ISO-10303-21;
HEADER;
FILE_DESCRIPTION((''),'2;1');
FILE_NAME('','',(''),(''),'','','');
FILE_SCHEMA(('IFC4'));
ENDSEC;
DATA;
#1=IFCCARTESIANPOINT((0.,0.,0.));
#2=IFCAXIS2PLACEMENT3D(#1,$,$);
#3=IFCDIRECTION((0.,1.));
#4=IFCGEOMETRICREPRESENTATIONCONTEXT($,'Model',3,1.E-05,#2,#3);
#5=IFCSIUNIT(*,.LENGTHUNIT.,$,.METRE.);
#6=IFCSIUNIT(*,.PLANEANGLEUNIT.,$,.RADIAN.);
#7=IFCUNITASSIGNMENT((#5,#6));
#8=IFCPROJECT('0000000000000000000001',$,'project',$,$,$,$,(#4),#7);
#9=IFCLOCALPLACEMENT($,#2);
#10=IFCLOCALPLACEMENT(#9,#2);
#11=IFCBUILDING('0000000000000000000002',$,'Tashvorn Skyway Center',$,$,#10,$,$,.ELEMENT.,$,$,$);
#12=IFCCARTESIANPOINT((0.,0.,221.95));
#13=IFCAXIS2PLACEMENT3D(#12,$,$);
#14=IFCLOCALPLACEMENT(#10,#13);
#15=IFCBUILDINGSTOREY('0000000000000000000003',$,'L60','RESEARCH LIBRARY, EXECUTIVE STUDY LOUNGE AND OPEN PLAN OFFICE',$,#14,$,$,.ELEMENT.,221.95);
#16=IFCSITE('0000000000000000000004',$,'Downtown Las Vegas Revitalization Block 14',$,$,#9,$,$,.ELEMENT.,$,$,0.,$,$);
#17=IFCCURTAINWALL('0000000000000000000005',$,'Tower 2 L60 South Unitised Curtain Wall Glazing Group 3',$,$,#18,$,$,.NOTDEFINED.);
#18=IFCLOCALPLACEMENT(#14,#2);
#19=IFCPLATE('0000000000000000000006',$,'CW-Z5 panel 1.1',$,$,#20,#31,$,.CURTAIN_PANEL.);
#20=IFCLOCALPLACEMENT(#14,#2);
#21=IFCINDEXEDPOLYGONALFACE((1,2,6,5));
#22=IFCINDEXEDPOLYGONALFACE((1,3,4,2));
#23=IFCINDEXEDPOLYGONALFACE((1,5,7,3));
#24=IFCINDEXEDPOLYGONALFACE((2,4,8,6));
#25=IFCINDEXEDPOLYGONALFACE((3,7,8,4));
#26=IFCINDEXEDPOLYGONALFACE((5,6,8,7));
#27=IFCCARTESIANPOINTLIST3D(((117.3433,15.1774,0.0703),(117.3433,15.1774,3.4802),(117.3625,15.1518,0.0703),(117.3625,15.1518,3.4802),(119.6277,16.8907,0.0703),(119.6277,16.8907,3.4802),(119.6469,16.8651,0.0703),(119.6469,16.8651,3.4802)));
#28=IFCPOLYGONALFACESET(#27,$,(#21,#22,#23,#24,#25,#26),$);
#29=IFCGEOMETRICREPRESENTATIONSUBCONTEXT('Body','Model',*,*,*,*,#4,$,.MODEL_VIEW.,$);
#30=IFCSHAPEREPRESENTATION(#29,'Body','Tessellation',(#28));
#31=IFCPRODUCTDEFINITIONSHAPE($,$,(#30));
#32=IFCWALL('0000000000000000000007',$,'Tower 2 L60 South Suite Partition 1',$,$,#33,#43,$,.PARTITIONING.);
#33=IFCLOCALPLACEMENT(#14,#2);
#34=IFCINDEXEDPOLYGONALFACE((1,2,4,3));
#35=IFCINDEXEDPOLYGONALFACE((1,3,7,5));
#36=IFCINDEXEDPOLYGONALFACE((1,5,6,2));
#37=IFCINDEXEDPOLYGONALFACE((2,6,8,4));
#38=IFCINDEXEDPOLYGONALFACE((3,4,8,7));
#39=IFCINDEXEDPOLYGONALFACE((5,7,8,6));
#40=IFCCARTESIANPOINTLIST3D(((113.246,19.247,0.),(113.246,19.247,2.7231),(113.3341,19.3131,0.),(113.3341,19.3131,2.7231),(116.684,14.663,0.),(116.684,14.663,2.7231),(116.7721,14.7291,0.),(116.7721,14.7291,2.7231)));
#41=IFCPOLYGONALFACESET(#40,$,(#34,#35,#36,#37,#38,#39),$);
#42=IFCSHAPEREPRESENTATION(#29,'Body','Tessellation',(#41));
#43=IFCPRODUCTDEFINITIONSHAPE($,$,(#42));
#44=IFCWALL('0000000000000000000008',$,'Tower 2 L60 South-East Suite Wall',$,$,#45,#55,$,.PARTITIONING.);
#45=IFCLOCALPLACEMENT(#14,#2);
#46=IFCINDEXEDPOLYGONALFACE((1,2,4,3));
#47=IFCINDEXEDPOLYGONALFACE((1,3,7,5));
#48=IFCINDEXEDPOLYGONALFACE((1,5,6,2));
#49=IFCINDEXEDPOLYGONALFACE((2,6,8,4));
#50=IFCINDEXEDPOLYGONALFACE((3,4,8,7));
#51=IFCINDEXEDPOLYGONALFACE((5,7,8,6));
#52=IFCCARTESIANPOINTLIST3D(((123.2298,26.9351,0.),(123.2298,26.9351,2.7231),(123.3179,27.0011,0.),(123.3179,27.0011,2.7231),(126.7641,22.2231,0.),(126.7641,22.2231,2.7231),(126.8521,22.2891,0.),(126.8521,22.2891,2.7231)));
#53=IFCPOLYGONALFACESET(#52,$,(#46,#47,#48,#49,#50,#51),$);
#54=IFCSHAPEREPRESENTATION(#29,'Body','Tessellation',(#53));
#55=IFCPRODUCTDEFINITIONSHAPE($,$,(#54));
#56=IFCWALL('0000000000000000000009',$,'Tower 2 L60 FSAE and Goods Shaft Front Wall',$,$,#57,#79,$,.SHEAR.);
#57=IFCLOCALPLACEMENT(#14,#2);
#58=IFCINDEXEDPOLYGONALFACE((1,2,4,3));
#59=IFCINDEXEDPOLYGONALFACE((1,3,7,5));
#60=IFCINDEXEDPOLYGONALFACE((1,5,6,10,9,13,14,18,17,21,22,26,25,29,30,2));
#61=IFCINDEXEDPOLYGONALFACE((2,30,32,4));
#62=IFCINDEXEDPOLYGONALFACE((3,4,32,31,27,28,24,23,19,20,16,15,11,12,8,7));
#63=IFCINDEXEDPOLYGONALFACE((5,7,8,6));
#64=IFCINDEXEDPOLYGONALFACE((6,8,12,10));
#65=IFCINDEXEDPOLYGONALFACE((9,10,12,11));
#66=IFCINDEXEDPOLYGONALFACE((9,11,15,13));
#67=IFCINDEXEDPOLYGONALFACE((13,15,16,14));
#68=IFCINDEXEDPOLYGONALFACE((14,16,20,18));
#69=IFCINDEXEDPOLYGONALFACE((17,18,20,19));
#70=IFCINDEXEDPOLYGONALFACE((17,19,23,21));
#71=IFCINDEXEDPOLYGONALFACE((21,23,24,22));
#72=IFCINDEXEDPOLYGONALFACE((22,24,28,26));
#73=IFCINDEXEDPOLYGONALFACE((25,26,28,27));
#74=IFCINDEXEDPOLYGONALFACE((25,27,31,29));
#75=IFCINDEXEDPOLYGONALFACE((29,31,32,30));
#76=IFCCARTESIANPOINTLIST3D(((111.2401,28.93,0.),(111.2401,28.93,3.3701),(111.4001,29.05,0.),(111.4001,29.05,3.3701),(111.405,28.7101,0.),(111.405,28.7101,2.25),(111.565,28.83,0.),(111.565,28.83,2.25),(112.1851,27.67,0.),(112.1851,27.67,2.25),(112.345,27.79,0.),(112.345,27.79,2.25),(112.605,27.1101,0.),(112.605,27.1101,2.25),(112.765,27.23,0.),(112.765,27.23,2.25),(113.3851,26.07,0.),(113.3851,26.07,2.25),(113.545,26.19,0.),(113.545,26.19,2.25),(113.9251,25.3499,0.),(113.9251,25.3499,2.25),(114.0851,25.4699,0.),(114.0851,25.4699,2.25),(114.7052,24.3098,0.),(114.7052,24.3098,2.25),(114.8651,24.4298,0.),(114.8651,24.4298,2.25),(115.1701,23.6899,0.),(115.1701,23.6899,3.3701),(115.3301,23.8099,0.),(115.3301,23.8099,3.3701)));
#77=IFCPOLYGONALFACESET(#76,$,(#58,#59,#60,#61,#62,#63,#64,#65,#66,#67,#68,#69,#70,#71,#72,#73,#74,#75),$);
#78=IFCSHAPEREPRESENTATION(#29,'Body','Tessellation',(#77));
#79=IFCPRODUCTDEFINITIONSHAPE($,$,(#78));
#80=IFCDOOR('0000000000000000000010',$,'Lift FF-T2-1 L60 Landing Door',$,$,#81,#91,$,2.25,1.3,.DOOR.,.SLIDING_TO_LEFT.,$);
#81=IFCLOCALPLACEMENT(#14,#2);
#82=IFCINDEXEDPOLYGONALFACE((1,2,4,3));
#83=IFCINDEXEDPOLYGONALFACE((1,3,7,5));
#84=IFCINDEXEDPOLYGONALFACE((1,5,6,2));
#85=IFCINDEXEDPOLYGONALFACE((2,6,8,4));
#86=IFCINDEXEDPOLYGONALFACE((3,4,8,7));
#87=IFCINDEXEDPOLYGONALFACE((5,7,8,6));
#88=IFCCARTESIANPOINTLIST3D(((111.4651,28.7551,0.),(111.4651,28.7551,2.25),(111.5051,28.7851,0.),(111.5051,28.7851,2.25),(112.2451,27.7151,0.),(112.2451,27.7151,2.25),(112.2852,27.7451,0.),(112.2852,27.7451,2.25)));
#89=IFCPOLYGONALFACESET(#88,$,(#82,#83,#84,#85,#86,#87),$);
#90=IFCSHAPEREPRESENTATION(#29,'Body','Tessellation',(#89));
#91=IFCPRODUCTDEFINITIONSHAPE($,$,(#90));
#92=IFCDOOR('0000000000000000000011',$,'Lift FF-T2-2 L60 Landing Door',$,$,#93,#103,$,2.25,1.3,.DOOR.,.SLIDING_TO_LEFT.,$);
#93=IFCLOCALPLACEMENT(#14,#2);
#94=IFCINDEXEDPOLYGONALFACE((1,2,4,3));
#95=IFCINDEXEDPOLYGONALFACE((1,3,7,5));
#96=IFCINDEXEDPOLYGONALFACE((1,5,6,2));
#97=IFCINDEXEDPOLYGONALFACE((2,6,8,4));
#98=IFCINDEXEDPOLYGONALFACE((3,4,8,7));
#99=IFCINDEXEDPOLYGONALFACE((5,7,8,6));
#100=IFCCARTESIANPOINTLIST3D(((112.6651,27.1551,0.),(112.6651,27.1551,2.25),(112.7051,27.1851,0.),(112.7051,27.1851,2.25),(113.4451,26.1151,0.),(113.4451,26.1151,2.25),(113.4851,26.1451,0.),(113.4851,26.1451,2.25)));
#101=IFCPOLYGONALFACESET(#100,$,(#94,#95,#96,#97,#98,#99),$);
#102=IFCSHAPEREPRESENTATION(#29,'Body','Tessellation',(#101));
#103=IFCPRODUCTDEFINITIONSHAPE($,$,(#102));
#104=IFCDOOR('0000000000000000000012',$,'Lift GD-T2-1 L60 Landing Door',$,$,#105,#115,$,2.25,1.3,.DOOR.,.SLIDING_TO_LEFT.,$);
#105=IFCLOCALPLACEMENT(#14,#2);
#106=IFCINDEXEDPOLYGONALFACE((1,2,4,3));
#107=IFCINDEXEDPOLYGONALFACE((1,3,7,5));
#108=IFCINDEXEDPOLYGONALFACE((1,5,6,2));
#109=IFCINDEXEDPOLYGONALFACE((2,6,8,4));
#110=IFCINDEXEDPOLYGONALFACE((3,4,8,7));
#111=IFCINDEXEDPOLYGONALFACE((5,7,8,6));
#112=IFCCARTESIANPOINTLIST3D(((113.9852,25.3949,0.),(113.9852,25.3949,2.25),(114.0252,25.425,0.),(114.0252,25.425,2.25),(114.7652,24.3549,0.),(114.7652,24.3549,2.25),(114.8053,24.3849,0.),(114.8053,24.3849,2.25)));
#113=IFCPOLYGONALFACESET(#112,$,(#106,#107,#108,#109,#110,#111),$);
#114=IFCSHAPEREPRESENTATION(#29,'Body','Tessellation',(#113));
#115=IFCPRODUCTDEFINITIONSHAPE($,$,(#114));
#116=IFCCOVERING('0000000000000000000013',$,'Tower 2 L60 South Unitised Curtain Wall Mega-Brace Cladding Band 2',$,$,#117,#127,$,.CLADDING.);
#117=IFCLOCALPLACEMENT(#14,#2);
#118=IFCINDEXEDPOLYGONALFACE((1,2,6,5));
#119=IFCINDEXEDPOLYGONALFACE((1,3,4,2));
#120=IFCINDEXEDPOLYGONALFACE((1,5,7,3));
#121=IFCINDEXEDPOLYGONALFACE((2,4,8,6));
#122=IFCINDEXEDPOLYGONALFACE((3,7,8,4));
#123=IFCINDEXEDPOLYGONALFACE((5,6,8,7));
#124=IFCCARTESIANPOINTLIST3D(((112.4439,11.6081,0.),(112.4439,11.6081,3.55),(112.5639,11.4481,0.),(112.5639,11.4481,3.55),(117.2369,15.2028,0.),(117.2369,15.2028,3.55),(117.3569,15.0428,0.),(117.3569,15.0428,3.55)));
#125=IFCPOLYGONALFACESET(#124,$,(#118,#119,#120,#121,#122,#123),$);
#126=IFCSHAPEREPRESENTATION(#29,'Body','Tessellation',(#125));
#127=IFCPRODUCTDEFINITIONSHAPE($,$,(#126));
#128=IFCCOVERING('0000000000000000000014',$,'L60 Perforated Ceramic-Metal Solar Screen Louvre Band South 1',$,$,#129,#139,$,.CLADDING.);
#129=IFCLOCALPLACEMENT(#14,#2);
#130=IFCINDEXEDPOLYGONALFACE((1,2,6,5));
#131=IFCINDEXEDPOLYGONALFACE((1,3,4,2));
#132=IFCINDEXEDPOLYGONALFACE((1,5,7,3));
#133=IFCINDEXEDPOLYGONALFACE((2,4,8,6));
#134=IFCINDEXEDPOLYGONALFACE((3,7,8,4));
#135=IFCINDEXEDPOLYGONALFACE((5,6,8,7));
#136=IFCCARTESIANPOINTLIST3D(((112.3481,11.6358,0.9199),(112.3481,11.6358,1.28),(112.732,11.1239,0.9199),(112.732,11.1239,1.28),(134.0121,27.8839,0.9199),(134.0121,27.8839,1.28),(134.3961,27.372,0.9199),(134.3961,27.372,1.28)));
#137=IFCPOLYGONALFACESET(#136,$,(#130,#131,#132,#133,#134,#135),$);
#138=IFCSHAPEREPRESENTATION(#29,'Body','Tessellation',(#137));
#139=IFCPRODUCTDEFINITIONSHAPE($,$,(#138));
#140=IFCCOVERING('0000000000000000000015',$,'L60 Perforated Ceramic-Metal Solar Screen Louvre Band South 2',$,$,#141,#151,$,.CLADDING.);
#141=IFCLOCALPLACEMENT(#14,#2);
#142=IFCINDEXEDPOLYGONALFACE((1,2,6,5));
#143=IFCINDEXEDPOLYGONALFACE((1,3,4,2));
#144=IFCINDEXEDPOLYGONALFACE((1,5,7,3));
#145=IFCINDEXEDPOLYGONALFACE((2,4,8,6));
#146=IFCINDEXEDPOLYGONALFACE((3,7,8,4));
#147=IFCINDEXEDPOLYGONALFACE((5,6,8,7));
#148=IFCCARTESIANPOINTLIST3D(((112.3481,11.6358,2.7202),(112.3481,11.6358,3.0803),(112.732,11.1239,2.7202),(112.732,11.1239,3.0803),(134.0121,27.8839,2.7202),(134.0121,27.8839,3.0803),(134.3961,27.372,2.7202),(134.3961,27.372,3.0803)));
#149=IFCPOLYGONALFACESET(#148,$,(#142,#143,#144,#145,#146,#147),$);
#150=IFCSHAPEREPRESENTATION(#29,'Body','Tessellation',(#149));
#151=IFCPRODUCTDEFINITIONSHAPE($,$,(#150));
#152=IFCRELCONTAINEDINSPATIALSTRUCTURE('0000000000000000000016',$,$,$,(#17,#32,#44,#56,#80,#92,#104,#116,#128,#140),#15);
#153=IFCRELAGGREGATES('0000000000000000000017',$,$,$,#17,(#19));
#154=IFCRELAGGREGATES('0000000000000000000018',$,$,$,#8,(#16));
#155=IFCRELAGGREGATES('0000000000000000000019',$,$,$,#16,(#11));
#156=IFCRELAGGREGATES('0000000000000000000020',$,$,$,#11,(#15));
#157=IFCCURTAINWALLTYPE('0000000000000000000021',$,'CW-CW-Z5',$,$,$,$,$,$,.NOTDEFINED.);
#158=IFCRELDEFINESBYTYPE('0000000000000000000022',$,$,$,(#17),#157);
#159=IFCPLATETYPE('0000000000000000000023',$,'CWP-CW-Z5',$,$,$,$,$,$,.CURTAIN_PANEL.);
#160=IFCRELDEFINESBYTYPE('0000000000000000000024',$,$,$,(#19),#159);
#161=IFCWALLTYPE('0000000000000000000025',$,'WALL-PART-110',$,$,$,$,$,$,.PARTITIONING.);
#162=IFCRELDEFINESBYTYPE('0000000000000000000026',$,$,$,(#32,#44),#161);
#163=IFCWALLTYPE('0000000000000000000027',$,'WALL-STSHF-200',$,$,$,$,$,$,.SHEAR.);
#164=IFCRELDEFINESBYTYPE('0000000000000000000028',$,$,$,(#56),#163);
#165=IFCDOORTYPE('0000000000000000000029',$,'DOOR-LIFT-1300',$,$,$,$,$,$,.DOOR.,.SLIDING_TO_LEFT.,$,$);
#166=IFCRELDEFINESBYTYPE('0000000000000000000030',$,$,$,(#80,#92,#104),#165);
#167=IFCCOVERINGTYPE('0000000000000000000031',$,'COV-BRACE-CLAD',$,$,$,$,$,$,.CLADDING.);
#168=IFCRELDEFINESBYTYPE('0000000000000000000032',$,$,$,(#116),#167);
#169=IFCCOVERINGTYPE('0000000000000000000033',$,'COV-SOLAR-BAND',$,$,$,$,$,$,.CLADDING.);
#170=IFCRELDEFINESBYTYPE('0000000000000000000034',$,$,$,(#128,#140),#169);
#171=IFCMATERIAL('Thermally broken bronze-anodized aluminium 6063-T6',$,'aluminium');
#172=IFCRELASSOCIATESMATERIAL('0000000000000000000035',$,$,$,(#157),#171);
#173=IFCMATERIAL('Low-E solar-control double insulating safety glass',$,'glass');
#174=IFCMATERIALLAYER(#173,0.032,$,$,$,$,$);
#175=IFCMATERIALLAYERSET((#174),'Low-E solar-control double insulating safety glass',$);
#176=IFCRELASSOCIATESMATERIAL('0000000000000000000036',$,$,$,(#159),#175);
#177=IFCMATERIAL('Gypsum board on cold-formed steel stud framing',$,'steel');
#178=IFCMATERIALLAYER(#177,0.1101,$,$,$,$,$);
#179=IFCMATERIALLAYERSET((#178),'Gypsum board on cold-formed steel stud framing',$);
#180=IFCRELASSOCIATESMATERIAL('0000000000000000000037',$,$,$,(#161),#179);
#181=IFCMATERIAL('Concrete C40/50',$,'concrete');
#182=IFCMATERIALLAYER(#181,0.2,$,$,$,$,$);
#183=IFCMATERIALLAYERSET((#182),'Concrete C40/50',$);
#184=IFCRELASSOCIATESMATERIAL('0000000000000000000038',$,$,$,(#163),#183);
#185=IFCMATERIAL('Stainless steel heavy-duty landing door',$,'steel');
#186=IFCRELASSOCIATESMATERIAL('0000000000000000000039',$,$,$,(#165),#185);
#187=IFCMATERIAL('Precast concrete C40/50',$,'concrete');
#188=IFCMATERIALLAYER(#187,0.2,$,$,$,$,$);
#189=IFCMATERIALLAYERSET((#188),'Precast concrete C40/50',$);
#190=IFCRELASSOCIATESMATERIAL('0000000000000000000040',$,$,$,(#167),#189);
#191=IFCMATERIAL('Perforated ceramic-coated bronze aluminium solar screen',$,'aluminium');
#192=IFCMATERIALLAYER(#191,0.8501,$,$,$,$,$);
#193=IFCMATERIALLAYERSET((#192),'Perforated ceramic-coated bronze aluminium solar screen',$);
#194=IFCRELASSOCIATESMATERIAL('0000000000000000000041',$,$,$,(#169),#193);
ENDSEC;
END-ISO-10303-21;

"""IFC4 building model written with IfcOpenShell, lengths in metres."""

from ifc_helpers import new_model, si_unit, direction, frame, frame_2d, origin, origin_2d, place, context, subcontext, project, spatial, rectangle, extrude, material, layer, layer_set, type_object, element, fill, aggregate, save


model = new_model("IFC4")

# Units and contexts
model_context = context("Model", 3, precision=1e-05, world=origin(), true_north=direction((0.0, 1.0)))
body_context = subcontext(model_context, "Body", "Model", "MODEL_VIEW")
ifc_project = project(units=[si_unit("LENGTHUNIT", "METRE"), si_unit("PLANEANGLEUNIT", "RADIAN")], contexts=[model_context])

# Site, building, storey
site_placement = place(None, origin())
site = spatial("IfcSite", under=ifc_project, at=site_placement, Name="Downtown Las Vegas Revitalization Block 14", CompositionType="ELEMENT", RefElevation=0.0)
building_placement = place(site_placement, origin())
building = spatial("IfcBuilding", under=site, at=building_placement, Name="Tashvorn Skyway Center", CompositionType="ELEMENT")
storey_placement = place(building_placement, frame((0.0, 0.0, 221.95)))
storey = spatial("IfcBuildingStorey", under=building, at=storey_placement, Name="L60", Description="RESEARCH LIBRARY, EXECUTIVE STUDY LOUNGE AND OPEN PLAN OFFICE", CompositionType="ELEMENT", Elevation=221.95)

# Curtain wall
ifc_material_1 = material(Name="Thermally broken bronze-anodized aluminium 6063-T6", Category="aluminium")
curtain_wall_type = type_object("IfcCurtainWallType", Name="CW-CW-Z5", PredefinedType="NOTDEFINED", material=ifc_material_1)
curtain_wall_1_placement = place(storey_placement, origin())
curtain_wall_1 = element("IfcCurtainWall", 1, at=curtain_wall_1_placement, inside=storey, type_object=curtain_wall_type, Name="Tower 2 L60 South Unitised Curtain Wall Glazing Group 3", PredefinedType="NOTDEFINED")

# Plate
ifc_material_2 = material(Name="Low-E solar-control double insulating safety glass", Category="glass")
ifc_layer_1 = layer(ifc_material_2, 0.032)
ifc_layer_set_1 = layer_set([ifc_layer_1], Name="Low-E solar-control double insulating safety glass")
plate_type = type_object("IfcPlateType", Name="CWP-CW-Z5", PredefinedType="CURTAIN_PANEL", material=ifc_layer_set_1)
plate_1_placement = place(storey_placement, frame((118.4951, 16.0212, 0.0703), z_axis=(0.0, 0.0, 1.0), x_axis=(-0.8, -0.6, 0.0)))
plate_1 = element("IfcPlate", 2, at=plate_1_placement, type_object=plate_type, Name="CW-Z5 panel 1.1", PredefinedType="CURTAIN_PANEL", context=body_context, shape_type="SweptSolid", body=[
    extrude(rectangle(XDim=2.8555, YDim=0.032, at=origin_2d()), origin(), (0.0, 0.0, 1.0), 3.4099),
])
aggregate(curtain_wall_1, [plate_1])

# Walls
ifc_material_3 = material(Name="Gypsum board on cold-formed steel stud framing", Category="steel")
ifc_layer_2 = layer(ifc_material_3, 0.1101)
ifc_layer_set_2 = layer_set([ifc_layer_2], Name="Gypsum board on cold-formed steel stud framing")
wall_type_1 = type_object("IfcWallType", Name="WALL-PART-110", PredefinedType="PARTITIONING", material=ifc_layer_set_2)
wall_1_placement = place(storey_placement, frame((116.728, 14.696, 0.0), z_axis=(0.0, 0.0, 1.0), x_axis=(-0.6, 0.8, 0.0)))
element("IfcWall", 3, at=wall_1_placement, inside=storey, type_object=wall_type_1, Name="Tower 2 L60 South Suite Partition 1", PredefinedType="PARTITIONING", context=body_context, shape_type="SweptSolid", body=[
    extrude(rectangle(XDim=5.73, YDim=0.1101, at=frame_2d((2.865, 0.0))), origin(), (0.0, 0.0, 1.0), 2.7231),
])
wall_2_placement = place(storey_placement, frame((126.8081, 22.2561, 0.0), z_axis=(0.0, 0.0, 1.0), x_axis=(-0.600027, 0.79998, 0.0)))
element("IfcWall", 4, at=wall_2_placement, inside=storey, type_object=wall_type_1, Name="Tower 2 L60 South-East Suite Wall", PredefinedType="PARTITIONING", context=body_context, shape_type="SweptSolid", body=[
    extrude(rectangle(XDim=5.8901, YDim=0.1101, at=frame_2d((2.9451, 0.0))), origin(), (0.0, 0.0, 1.0), 2.7231),
])

# Wall, openings, doors
ifc_material_4 = material(Name="Concrete C40/50", Category="concrete")
ifc_layer_3 = layer(ifc_material_4, 0.2)
ifc_layer_set_3 = layer_set([ifc_layer_3], Name="Concrete C40/50")
wall_type_2 = type_object("IfcWallType", Name="WALL-STSHF-200", PredefinedType="SHEAR", material=ifc_layer_set_3)
wall_3_placement = place(storey_placement, frame((115.25, 23.75, 0.0), z_axis=(0.0, 0.0, 1.0), x_axis=(-0.599994, 0.800004, 0.0)))
wall_3 = element("IfcWall", 5, at=wall_3_placement, inside=storey, type_object=wall_type_2, Name="Tower 2 L60 FSAE and Goods Shaft Front Wall", PredefinedType="SHEAR", context=body_context, shape_type="SweptSolid", body=[
    extrude(rectangle(XDim=6.55, YDim=0.2, at=frame_2d((3.2749, 0.0))), origin(), (0.0, 0.0, 1.0), 3.3701),
])
opening_1_placement = place(wall_3_placement, frame((4.9751, 0.0, 0.0)))
opening_1 = element("IfcOpeningElement", 6, at=opening_1_placement, cuts=wall_3, PredefinedType="OPENING", context=body_context, shape_type="SweptSolid", body=[
    extrude(rectangle(XDim=1.3, YDim=2.25, at=frame_2d((0.6499, 1.125))), frame((0.0, 0.1099, 0.0), z_axis=(0.0, -1.0, 0.0), x_axis=(1.0, 0.0, 0.0)), (0.0, 0.0, 1.0), 0.22),
])
opening_2_placement = place(wall_3_placement, frame((2.9751, 0.0, 0.0)))
opening_2 = element("IfcOpeningElement", 7, at=opening_2_placement, cuts=wall_3, PredefinedType="OPENING", context=body_context, shape_type="SweptSolid", body=[
    extrude(rectangle(XDim=1.3, YDim=2.25, at=frame_2d((0.6499, 1.125))), frame((0.0, 0.1099, 0.0), z_axis=(0.0, -1.0, 0.0), x_axis=(1.0, 0.0, 0.0)), (0.0, 0.0, 1.0), 0.22),
])
opening_3_placement = place(wall_3_placement, frame((0.7749, 0.0, 0.0)))
opening_3 = element("IfcOpeningElement", 8, at=opening_3_placement, cuts=wall_3, PredefinedType="OPENING", context=body_context, shape_type="SweptSolid", body=[
    extrude(rectangle(XDim=1.3, YDim=2.25, at=frame_2d((0.6499, 1.125))), frame((0.0, 0.1099, 0.0), z_axis=(0.0, -1.0, 0.0), x_axis=(1.0, 0.0, 0.0)), (0.0, 0.0, 1.0), 0.22),
])
ifc_material_5 = material(Name="Stainless steel heavy-duty landing door", Category="steel")
door_type = type_object("IfcDoorType", Name="DOOR-LIFT-1300", OperationType="SLIDING_TO_LEFT", PredefinedType="DOOR", material=ifc_material_5)
door_1_placement = place(opening_1_placement, origin())
door_1 = element("IfcDoor", 9, at=door_1_placement, inside=storey, type_object=door_type, Name="Lift FF-T2-1 L60 Landing Door", OperationType="SLIDING_TO_LEFT", OverallHeight=2.25, OverallWidth=1.3, PredefinedType="DOOR", context=body_context, shape_type="SweptSolid", body=[
    extrude(rectangle(XDim=1.3, YDim=2.25, at=frame_2d((0.6499, 1.125))), frame((0.0, 0.0249, 0.0), z_axis=(0.0, -1.0, 0.0), x_axis=(1.0, 0.0, 0.0)), (0.0, 0.0, 1.0), 0.05),
])
fill(opening_1, door_1)
door_2_placement = place(opening_2_placement, origin())
door_2 = element("IfcDoor", 10, at=door_2_placement, inside=storey, type_object=door_type, Name="Lift FF-T2-2 L60 Landing Door", OperationType="SLIDING_TO_LEFT", OverallHeight=2.25, OverallWidth=1.3, PredefinedType="DOOR", context=body_context, shape_type="SweptSolid", body=[
    extrude(rectangle(XDim=1.3, YDim=2.25, at=frame_2d((0.6499, 1.125))), frame((0.0, 0.0249, 0.0), z_axis=(0.0, -1.0, 0.0), x_axis=(1.0, 0.0, 0.0)), (0.0, 0.0, 1.0), 0.05),
])
fill(opening_2, door_2)
door_3_placement = place(opening_3_placement, origin())
door_3 = element("IfcDoor", 11, at=door_3_placement, inside=storey, type_object=door_type, Name="Lift GD-T2-1 L60 Landing Door", OperationType="SLIDING_TO_LEFT", OverallHeight=2.25, OverallWidth=1.3, PredefinedType="DOOR", context=body_context, shape_type="SweptSolid", body=[
    extrude(rectangle(XDim=1.3, YDim=2.25, at=frame_2d((0.6499, 1.125))), frame((0.0, 0.0249, 0.0), z_axis=(0.0, -1.0, 0.0), x_axis=(1.0, 0.0, 0.0)), (0.0, 0.0, 1.0), 0.05),
])
fill(opening_3, door_3)

# Coverings
ifc_material_6 = material(Name="Precast concrete C40/50", Category="concrete")
ifc_layer_4 = layer(ifc_material_6, 0.2)
ifc_layer_set_4 = layer_set([ifc_layer_4], Name="Precast concrete C40/50")
covering_type_1 = type_object("IfcCoveringType", Name="COV-BRACE-CLAD", PredefinedType="CLADDING", material=ifc_layer_set_4)
covering_placement = place(storey_placement, frame((114.9004, 13.3254, 0.0), z_axis=(0.0, 0.0, 1.0), x_axis=(-0.8, -0.6, 0.0)))
element("IfcCovering", 12, at=covering_placement, inside=storey, type_object=covering_type_1, Name="Tower 2 L60 South Unitised Curtain Wall Mega-Brace Cladding Band 2", PredefinedType="CLADDING", context=body_context, shape_type="SweptSolid", body=[
    extrude(rectangle(XDim=5.9912, YDim=0.2, at=origin_2d()), origin(), (0.0, 0.0, 1.0), 3.55),
])
ifc_material_7 = material(Name="Perforated ceramic-coated bronze aluminium solar screen", Category="aluminium")
ifc_layer_5 = layer(ifc_material_7, 0.8501)
ifc_layer_set_5 = layer_set([ifc_layer_5], Name="Perforated ceramic-coated bronze aluminium solar screen")
covering_type_2 = type_object("IfcCoveringType", Name="COV-SOLAR-BAND", PredefinedType="CLADDING", material=ifc_layer_set_5)
for number, where, z_axis, x_axis, name in (
    (13, (123.3721, 19.5039, 0.9199), (0.0, 0.0, 1.0), (-0.8, -0.6, 0.0), "L60 Perforated Ceramic-Metal Solar Screen Louvre Band South 1"),
    (14, (123.3721, 19.5039, 2.7202), (0.0, 0.0, 1.0), (-0.8, -0.6, 0.0), "L60 Perforated Ceramic-Metal Solar Screen Louvre Band South 2"),
):
    element("IfcCovering", number, at=place(storey_placement, frame(where, z_axis=z_axis, x_axis=x_axis)), inside=storey, type_object=covering_type_2, Name=name, PredefinedType="CLADDING", context=body_context, shape_type="SweptSolid", body=[
        extrude(rectangle(XDim=27.0801, YDim=0.6399, at=origin_2d()), origin(), (0.0, 0.0, 1.0), 0.3601),
    ])

save(model, "model.ifc")
